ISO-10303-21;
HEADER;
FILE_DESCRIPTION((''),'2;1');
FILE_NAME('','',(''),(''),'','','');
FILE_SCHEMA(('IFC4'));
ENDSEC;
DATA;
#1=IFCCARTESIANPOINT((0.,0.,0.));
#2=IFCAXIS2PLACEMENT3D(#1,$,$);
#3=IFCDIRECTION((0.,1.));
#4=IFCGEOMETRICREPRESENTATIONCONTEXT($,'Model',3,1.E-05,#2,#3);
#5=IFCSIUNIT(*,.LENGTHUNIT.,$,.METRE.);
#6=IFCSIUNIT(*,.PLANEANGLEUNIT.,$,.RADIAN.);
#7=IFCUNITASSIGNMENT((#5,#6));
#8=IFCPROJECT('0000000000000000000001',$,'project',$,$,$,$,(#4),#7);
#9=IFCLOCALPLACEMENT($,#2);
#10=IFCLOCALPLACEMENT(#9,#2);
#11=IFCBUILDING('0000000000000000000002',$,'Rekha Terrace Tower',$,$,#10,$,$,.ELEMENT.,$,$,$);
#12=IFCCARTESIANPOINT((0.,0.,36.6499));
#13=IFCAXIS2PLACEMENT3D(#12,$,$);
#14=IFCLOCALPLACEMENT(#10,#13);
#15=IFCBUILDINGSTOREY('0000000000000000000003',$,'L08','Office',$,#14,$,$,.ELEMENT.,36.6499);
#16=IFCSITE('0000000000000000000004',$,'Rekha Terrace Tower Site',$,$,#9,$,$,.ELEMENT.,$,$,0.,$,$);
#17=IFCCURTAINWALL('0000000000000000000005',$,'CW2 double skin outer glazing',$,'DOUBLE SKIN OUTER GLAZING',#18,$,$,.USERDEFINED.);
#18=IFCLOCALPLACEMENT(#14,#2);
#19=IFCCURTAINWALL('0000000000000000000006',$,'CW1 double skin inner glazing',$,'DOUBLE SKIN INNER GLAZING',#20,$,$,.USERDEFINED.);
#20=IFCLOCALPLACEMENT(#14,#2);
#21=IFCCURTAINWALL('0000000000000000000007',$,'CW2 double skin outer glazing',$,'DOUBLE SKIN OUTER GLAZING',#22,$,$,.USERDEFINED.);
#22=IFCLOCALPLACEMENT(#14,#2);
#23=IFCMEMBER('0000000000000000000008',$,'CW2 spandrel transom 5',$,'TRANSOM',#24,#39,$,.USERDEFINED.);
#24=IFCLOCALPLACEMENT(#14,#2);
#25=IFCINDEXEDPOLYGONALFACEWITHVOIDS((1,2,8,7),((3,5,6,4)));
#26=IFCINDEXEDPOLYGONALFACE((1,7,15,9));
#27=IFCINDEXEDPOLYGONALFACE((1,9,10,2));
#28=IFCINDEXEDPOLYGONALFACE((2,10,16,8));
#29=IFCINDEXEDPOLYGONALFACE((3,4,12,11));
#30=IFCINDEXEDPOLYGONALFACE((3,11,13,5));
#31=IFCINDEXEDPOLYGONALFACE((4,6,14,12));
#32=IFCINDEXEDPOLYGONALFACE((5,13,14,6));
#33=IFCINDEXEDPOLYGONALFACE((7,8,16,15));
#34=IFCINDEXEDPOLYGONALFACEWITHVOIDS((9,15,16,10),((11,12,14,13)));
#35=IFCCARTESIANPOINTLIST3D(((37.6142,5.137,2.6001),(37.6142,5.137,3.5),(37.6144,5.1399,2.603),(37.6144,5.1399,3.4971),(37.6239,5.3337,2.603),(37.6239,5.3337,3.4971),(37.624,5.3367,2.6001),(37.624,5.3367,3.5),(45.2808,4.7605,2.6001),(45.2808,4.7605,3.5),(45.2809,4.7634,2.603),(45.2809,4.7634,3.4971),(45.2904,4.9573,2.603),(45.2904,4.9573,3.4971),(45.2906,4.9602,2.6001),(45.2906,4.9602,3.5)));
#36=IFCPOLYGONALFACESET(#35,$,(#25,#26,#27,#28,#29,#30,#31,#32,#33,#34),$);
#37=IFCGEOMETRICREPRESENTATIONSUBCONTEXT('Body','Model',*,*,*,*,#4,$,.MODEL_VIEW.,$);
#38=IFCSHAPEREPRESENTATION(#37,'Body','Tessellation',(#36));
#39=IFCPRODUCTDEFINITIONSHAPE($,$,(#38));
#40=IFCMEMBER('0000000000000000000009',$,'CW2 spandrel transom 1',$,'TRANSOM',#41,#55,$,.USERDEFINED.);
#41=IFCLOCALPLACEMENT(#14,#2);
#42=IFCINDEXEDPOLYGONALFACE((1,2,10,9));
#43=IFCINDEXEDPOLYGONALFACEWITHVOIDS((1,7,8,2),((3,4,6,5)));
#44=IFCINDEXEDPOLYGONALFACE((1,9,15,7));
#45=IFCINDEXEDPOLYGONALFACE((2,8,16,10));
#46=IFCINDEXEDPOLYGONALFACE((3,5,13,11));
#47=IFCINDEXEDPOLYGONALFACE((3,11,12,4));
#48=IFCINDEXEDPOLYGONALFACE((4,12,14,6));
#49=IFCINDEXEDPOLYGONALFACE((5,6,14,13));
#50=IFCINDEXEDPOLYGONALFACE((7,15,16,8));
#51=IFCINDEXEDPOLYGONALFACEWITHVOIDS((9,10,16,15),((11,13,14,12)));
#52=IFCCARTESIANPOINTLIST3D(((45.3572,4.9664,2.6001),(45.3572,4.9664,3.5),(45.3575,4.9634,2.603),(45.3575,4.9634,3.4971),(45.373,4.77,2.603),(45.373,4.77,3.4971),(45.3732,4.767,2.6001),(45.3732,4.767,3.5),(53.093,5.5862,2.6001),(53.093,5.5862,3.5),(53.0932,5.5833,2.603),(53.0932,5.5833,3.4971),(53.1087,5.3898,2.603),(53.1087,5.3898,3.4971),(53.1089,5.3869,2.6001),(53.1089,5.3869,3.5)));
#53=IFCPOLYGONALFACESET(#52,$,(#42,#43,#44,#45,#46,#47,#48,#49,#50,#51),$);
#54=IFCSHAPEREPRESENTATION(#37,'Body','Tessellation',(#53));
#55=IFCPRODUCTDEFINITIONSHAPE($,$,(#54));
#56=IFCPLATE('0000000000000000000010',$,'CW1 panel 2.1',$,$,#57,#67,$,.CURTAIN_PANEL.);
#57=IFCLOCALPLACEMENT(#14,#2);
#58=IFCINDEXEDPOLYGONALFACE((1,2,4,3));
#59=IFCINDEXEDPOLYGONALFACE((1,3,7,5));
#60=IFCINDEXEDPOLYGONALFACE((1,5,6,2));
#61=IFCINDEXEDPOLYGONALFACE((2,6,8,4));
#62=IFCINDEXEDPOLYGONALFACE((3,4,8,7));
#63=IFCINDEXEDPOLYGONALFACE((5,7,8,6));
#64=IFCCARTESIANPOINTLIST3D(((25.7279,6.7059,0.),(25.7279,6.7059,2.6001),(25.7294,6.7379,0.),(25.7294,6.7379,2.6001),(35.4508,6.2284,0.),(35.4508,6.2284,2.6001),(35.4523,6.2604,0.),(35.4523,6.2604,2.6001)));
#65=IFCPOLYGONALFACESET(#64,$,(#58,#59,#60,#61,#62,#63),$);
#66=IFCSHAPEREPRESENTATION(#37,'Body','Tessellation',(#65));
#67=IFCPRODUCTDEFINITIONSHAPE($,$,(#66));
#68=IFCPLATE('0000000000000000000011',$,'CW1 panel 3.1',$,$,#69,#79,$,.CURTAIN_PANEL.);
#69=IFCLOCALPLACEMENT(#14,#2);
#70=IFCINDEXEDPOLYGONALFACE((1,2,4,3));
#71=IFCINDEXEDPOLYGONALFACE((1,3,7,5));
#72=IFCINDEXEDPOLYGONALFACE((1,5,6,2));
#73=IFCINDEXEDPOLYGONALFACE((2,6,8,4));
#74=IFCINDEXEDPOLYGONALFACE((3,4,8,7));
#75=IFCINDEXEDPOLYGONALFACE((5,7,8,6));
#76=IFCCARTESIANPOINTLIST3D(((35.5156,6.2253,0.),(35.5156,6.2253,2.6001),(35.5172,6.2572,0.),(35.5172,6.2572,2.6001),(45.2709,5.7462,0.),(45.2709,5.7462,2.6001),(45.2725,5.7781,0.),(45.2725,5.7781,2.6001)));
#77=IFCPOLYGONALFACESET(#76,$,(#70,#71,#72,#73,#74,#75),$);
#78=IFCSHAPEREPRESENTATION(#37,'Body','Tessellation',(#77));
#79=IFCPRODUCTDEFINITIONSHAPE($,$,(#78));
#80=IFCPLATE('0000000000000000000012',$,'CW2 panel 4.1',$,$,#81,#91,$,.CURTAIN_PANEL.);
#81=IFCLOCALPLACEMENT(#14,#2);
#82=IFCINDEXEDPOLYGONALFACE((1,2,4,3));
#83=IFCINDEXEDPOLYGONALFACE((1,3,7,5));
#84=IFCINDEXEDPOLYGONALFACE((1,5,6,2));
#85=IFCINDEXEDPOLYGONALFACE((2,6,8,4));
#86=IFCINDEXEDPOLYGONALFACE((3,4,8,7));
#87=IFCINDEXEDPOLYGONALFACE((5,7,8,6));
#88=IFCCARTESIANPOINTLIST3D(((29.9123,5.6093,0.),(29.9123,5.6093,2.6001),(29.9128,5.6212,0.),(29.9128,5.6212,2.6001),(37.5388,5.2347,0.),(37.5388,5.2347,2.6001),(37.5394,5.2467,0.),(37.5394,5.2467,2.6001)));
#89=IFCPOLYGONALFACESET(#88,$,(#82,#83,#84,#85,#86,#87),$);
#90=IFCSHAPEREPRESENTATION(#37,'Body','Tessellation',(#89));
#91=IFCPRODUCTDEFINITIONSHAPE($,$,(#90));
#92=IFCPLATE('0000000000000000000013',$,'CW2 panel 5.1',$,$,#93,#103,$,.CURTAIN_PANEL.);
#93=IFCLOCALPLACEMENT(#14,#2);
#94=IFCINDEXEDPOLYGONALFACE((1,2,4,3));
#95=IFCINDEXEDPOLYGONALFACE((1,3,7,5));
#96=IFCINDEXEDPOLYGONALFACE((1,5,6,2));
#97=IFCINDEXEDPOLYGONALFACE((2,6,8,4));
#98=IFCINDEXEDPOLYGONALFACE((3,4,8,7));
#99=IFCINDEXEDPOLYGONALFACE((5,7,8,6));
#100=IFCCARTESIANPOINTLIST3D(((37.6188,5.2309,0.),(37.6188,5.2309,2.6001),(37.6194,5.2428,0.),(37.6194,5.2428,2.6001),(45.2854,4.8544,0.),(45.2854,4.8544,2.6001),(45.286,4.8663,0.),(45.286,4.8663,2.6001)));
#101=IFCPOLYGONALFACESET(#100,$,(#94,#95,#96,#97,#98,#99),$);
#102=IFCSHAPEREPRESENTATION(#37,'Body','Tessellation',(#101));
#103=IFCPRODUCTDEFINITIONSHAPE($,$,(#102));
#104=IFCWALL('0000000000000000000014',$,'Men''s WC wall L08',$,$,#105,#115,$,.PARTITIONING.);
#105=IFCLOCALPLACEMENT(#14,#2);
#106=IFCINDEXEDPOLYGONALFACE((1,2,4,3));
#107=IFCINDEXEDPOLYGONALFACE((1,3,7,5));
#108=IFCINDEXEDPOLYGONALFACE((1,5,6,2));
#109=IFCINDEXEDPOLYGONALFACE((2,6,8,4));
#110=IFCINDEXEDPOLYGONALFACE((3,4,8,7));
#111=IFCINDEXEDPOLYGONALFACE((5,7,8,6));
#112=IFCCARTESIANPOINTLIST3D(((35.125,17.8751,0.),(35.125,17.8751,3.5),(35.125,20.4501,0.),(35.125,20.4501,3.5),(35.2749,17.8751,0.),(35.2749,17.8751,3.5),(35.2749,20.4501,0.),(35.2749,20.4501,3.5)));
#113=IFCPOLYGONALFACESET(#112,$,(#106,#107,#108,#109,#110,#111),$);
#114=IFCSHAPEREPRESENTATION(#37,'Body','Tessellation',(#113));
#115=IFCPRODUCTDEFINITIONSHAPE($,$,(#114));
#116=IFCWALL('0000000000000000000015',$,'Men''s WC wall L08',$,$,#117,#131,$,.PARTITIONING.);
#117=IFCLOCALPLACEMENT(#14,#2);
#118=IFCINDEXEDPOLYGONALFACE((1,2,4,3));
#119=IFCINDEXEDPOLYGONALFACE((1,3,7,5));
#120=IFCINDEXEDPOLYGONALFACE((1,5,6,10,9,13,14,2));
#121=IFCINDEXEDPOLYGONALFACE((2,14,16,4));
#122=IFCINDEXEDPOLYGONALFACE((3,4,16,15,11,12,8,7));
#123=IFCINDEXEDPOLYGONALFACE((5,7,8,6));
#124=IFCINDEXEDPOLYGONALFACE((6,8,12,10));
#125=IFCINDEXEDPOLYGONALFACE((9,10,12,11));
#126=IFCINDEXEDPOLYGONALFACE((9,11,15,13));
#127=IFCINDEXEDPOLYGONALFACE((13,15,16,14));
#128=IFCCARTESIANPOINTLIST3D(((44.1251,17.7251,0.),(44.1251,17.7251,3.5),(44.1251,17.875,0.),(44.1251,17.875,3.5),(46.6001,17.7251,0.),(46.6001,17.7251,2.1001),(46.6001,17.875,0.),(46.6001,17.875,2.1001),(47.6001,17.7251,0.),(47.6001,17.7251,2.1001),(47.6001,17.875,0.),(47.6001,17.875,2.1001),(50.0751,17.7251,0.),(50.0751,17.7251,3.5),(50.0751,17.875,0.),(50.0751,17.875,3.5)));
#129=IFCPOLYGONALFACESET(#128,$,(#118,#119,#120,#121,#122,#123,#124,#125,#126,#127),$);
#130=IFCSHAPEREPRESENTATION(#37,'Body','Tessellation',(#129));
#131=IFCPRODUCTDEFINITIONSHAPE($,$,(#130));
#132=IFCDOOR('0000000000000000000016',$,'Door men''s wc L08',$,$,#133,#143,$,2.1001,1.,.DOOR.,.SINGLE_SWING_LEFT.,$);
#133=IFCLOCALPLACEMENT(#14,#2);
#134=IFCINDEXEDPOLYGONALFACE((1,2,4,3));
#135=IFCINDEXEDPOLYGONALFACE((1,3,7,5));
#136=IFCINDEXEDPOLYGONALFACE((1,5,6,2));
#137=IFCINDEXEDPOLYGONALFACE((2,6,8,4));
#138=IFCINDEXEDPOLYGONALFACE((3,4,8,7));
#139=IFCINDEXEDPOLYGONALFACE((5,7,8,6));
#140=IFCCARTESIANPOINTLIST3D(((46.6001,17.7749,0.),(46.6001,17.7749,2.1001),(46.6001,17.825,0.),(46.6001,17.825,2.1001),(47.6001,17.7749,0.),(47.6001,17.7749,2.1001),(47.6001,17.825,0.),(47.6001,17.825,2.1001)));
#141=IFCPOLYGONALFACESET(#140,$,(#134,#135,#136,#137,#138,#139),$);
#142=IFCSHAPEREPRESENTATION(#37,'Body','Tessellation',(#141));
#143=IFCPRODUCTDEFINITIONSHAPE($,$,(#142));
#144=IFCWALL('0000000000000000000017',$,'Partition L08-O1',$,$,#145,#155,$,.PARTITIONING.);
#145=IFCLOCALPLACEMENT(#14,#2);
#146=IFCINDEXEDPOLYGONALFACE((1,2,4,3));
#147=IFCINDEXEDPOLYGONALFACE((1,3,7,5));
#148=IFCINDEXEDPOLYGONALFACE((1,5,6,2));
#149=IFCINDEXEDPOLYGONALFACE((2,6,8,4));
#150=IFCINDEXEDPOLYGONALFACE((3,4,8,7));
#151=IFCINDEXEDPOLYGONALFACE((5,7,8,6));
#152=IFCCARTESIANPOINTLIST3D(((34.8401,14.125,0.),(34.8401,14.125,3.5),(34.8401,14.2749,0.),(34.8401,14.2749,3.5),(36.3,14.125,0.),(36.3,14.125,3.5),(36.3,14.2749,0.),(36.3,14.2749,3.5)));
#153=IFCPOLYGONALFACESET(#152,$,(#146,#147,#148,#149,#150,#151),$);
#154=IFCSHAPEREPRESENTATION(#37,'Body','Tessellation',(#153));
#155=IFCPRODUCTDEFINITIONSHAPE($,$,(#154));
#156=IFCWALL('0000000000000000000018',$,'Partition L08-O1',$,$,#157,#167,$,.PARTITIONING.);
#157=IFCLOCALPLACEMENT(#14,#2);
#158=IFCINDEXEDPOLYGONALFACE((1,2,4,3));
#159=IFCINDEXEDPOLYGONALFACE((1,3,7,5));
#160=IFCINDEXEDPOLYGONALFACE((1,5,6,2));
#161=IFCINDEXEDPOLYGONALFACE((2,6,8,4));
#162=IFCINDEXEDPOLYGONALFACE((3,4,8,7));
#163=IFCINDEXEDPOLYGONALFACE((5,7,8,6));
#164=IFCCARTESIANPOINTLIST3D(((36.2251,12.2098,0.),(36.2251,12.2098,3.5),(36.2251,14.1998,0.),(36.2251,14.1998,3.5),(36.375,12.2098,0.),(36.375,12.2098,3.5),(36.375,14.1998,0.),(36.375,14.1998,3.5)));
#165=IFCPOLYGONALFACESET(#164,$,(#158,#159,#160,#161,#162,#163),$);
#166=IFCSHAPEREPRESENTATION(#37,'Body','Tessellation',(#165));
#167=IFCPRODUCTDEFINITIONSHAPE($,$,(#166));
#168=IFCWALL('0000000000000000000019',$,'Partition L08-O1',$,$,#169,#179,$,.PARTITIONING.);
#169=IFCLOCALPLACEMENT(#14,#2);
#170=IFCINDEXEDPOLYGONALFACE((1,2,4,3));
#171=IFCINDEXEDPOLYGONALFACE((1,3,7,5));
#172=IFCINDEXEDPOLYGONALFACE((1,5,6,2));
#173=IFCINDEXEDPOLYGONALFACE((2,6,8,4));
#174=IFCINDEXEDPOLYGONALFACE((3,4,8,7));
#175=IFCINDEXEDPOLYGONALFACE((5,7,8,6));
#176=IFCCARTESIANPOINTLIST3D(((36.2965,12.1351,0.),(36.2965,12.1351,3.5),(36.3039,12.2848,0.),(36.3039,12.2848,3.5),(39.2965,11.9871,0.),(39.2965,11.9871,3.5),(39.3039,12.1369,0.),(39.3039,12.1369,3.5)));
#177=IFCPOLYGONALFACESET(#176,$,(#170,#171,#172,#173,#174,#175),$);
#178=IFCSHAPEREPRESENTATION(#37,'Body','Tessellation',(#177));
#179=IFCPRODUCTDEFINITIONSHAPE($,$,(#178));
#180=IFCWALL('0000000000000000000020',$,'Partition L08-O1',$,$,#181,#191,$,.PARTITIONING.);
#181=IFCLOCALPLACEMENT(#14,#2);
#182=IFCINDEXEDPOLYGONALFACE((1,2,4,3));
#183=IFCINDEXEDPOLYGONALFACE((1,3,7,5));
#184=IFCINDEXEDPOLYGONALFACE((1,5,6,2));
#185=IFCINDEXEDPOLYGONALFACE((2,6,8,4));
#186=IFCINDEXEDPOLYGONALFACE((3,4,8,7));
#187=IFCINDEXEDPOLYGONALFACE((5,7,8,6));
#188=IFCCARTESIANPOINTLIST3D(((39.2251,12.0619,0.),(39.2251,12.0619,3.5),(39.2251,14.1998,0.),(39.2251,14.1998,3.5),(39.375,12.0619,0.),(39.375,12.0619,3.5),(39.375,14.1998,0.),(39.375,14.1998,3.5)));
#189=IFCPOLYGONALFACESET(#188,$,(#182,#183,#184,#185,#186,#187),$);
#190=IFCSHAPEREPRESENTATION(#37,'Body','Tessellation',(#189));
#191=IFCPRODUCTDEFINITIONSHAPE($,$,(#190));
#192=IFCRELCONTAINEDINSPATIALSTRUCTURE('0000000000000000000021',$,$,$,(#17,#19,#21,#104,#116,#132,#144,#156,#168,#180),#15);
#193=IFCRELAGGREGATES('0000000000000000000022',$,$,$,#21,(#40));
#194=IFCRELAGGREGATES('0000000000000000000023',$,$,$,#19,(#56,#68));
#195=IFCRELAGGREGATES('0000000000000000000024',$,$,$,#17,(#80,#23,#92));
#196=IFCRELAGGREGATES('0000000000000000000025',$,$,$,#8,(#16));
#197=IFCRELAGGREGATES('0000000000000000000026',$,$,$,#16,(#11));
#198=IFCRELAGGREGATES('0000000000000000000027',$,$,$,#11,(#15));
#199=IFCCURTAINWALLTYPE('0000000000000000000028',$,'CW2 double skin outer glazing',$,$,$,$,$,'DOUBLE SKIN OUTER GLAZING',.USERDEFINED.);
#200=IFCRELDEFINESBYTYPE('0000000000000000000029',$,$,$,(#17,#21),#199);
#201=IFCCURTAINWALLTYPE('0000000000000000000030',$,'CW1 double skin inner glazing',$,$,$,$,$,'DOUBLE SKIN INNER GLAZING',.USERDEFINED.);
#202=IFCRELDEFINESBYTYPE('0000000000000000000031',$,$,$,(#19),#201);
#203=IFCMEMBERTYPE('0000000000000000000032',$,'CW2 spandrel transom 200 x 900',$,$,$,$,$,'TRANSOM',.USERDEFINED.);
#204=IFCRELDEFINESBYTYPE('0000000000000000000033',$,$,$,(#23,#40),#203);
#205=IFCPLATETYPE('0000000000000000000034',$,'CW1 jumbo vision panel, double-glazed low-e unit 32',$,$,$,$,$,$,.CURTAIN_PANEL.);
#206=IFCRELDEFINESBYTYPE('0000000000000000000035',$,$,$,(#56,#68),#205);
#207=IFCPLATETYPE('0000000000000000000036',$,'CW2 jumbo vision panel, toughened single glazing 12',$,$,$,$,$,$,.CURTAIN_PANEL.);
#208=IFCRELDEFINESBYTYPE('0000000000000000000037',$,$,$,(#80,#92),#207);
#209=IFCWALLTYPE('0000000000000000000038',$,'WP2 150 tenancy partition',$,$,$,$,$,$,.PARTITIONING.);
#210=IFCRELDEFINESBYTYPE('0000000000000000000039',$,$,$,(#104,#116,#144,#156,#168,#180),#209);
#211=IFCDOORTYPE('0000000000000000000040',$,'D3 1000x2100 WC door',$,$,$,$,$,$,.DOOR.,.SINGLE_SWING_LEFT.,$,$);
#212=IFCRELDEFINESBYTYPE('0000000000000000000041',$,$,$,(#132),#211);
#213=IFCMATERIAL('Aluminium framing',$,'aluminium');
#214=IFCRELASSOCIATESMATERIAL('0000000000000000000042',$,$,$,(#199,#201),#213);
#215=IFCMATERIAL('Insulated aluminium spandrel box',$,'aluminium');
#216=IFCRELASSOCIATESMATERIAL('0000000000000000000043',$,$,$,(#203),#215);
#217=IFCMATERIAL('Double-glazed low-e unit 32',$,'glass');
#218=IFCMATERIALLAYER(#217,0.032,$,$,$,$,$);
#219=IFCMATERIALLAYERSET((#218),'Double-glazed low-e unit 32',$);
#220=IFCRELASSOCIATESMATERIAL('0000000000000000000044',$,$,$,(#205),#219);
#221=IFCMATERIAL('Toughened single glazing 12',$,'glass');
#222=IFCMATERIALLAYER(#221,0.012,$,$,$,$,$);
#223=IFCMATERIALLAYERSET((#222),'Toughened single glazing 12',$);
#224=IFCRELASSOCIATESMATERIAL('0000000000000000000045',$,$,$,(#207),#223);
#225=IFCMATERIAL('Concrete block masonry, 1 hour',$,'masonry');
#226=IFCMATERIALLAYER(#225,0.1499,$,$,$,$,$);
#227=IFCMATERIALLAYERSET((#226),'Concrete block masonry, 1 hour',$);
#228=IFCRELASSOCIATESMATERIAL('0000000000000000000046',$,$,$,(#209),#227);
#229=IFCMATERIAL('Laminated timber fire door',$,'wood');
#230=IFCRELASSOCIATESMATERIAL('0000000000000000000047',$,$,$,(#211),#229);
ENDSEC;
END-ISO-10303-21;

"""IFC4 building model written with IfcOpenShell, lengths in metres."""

from ifc_helpers import new_model, si_unit, direction, frame, frame_2d, origin, origin_2d, place, context, subcontext, project, spatial, rectangle, hollow_rectangle, extrude, material, layer, layer_set, material_profile, profile_set, type_object, element, fill, aggregate, save


model = new_model("IFC4")

# Units and contexts
model_context = context("Model", 3, precision=1e-05, world=origin(), true_north=direction((0.0, 1.0)))
body_context = subcontext(model_context, "Body", "Model", "MODEL_VIEW")
ifc_project = project(units=[si_unit("LENGTHUNIT", "METRE"), si_unit("PLANEANGLEUNIT", "RADIAN")], contexts=[model_context])

# Site, building, storey
site_placement = place(None, origin())
site = spatial("IfcSite", under=ifc_project, at=site_placement, Name="Rekha Terrace Tower Site", CompositionType="ELEMENT", RefElevation=0.0)
building_placement = place(site_placement, origin())
building = spatial("IfcBuilding", under=site, at=building_placement, Name="Rekha Terrace Tower", CompositionType="ELEMENT")
storey_placement = place(building_placement, frame((0.0, 0.0, 36.6499)))
storey = spatial("IfcBuildingStorey", under=building, at=storey_placement, Name="L08", Description="Office", CompositionType="ELEMENT", Elevation=36.6499)

# Curtain walls
ifc_material_1 = material(Name="Aluminium framing", Category="aluminium")
curtain_wall_type_1 = type_object("IfcCurtainWallType", Name="CW2 double skin outer glazing", ElementType="DOUBLE SKIN OUTER GLAZING", PredefinedType="USERDEFINED", material=ifc_material_1)
curtain_wall_1_placement = place(storey_placement, origin())
curtain_wall_1 = element("IfcCurtainWall", 1, at=curtain_wall_1_placement, inside=storey, type_object=curtain_wall_type_1, Name="CW2 double skin outer glazing", ObjectType="DOUBLE SKIN OUTER GLAZING", PredefinedType="USERDEFINED")
curtain_wall_type_2 = type_object("IfcCurtainWallType", Name="CW1 double skin inner glazing", ElementType="DOUBLE SKIN INNER GLAZING", PredefinedType="USERDEFINED", material=ifc_material_1)
curtain_wall_2_placement = place(storey_placement, origin())
curtain_wall_2 = element("IfcCurtainWall", 2, at=curtain_wall_2_placement, inside=storey, type_object=curtain_wall_type_2, Name="CW1 double skin inner glazing", ObjectType="DOUBLE SKIN INNER GLAZING", PredefinedType="USERDEFINED")

# Shared definitions
ifc_material_2 = material(Name="Insulated aluminium spandrel box", Category="aluminium")

# Curtain wall
curtain_wall_3_placement = place(storey_placement, origin())
curtain_wall_3 = element("IfcCurtainWall", 3, at=curtain_wall_3_placement, inside=storey, type_object=curtain_wall_type_1, Name="CW2 double skin outer glazing", ObjectType="DOUBLE SKIN OUTER GLAZING", PredefinedType="USERDEFINED")

# Members
ifc_material_profile_1 = material_profile(ifc_material_2, hollow_rectangle(XDim=0.2, YDim=0.8999, WallThickness=0.0029, at=origin_2d()), Name="AL SPANDREL BOX 200x900")
ifc_profile_set_1 = profile_set([ifc_material_profile_1], Name="Insulated aluminium spandrel box")
member_type_1 = type_object("IfcMemberType", Name="CW2 spandrel transom 200 x 900", ElementType="TRANSOM", PredefinedType="USERDEFINED", material=ifc_profile_set_1)
member_1_placement = place(storey_placement, frame((37.6191, 5.2368, 3.05), z_axis=(0.998797, -0.049046, 0.0), x_axis=(0.049046, 0.998797, 0.0)))
member_1 = element("IfcMember", 4, at=member_1_placement, type_object=member_type_1, Name="CW2 spandrel transom 5", ObjectType="TRANSOM", PredefinedType="USERDEFINED", context=body_context, shape_type="SweptSolid", body=[
    extrude(hollow_rectangle(XDim=0.2, YDim=0.8999, WallThickness=0.0029, at=origin_2d()), origin(), (0.0, 0.0, 1.0), 7.6758),
])
member_2_placement = place(storey_placement, frame((45.3652, 4.8667, 3.05), z_axis=(0.996805, 0.079877, 0.0), x_axis=(-0.079877, 0.996805, 0.0)))
member_2 = element("IfcMember", 5, at=member_2_placement, type_object=member_type_1, Name="CW2 spandrel transom 1", ObjectType="TRANSOM", PredefinedType="USERDEFINED", context=body_context, shape_type="SweptSolid", body=[
    extrude(hollow_rectangle(XDim=0.2, YDim=0.8999, WallThickness=0.0029, at=origin_2d()), origin(), (0.0, 0.0, 1.0), 7.7605),
])
aggregate(curtain_wall_3, [member_2])

# Plates
ifc_material_3 = material(Name="Double-glazed low-e unit 32", Category="glass")
ifc_layer_1 = layer(ifc_material_3, 0.032)
ifc_layer_set_1 = layer_set([ifc_layer_1], Name="Double-glazed low-e unit 32")
plate_type_1 = type_object("IfcPlateType", Name="CW1 jumbo vision panel, double-glazed low-e unit 32", PredefinedType="CURTAIN_PANEL", material=ifc_layer_set_1)
plate_1_placement = place(storey_placement, frame((30.5901, 6.4832, 0.0), z_axis=(0.0, 0.0, 1.0), x_axis=(0.998796, -0.049052, 0.0)))
plate_1 = element("IfcPlate", 6, at=plate_1_placement, type_object=plate_type_1, Name="CW1 panel 2.1", PredefinedType="CURTAIN_PANEL", context=body_context, shape_type="SweptSolid", body=[
    extrude(rectangle(XDim=9.7346, YDim=0.032, at=origin_2d()), origin(), (0.0, 0.0, 1.0), 2.6001),
])
plate_2_placement = place(storey_placement, frame((40.394, 6.0017, 0.0), z_axis=(0.0, 0.0, 1.0), x_axis=(0.998796, -0.049052, 0.0)))
plate_2 = element("IfcPlate", 7, at=plate_2_placement, type_object=plate_type_1, Name="CW1 panel 3.1", PredefinedType="CURTAIN_PANEL", context=body_context, shape_type="SweptSolid", body=[
    extrude(rectangle(XDim=9.7671, YDim=0.032, at=origin_2d()), origin(), (0.0, 0.0, 1.0), 2.6001),
])
aggregate(curtain_wall_2, [plate_1, plate_2])
ifc_material_4 = material(Name="Toughened single glazing 12", Category="glass")
ifc_layer_2 = layer(ifc_material_4, 0.012)
ifc_layer_set_2 = layer_set([ifc_layer_2], Name="Toughened single glazing 12")
plate_type_2 = type_object("IfcPlateType", Name="CW2 jumbo vision panel, toughened single glazing 12", PredefinedType="CURTAIN_PANEL", material=ifc_layer_set_2)
plate_3_placement = place(storey_placement, frame((33.7258, 5.428, 0.0), z_axis=(0.0, 0.0, 1.0), x_axis=(0.998796, -0.049052, 0.0)))
plate_3 = element("IfcPlate", 8, at=plate_3_placement, type_object=plate_type_2, Name="CW2 panel 4.1", PredefinedType="CURTAIN_PANEL", context=body_context, shape_type="SweptSolid", body=[
    extrude(rectangle(XDim=7.6357, YDim=0.012, at=origin_2d()), origin(), (0.0, 0.0, 1.0), 2.6001),
])
plate_4_placement = place(storey_placement, frame((41.4524, 5.0486, 0.0), z_axis=(0.0, 0.0, 1.0), x_axis=(0.998796, -0.049052, 0.0)))
plate_4 = element("IfcPlate", 9, at=plate_4_placement, type_object=plate_type_2, Name="CW2 panel 5.1", PredefinedType="CURTAIN_PANEL", context=body_context, shape_type="SweptSolid", body=[
    extrude(rectangle(XDim=7.6758, YDim=0.012, at=origin_2d()), origin(), (0.0, 0.0, 1.0), 2.6001),
])
aggregate(curtain_wall_1, [plate_3, member_1, plate_4])

# Wall
ifc_material_5 = material(Name="Concrete block masonry, 1 hour", Category="masonry")
ifc_layer_3 = layer(ifc_material_5, 0.1499)
ifc_layer_set_3 = layer_set([ifc_layer_3], Name="Concrete block masonry, 1 hour")
wall_type_1 = type_object("IfcWallType", Name="WP2 150 tenancy partition", PredefinedType="PARTITIONING", material=ifc_layer_set_3)
wall_1_placement = place(storey_placement, frame((35.2, 17.875, 0.0), z_axis=(0.0, 0.0, 1.0), x_axis=(0.0, 1.0, 0.0)))
element("IfcWall", 10, at=wall_1_placement, inside=storey, type_object=wall_type_1, Name="Men's WC wall L08", PredefinedType="PARTITIONING", context=body_context, shape_type="SweptSolid", body=[
    extrude(rectangle(XDim=2.575, YDim=0.1499, at=frame_2d((1.2876, 0.0))), origin(), (0.0, 0.0, 1.0), 3.5),
])

# Wall, opening, door
wall_2_placement = place(storey_placement, frame((44.125, 17.8, 0.0), z_axis=(0.0, 0.0, 1.0), x_axis=(1.0, 0.0, 0.0)))
wall_2 = element("IfcWall", 11, at=wall_2_placement, inside=storey, type_object=wall_type_1, Name="Men's WC wall L08", PredefinedType="PARTITIONING", context=body_context, shape_type="SweptSolid", body=[
    extrude(rectangle(XDim=5.95, YDim=0.1499, at=frame_2d((2.9751, 0.0))), origin(), (0.0, 0.0, 1.0), 3.5),
])
opening_1_placement = place(wall_2_placement, frame((2.4751, 0.0, 0.0)))
opening_1 = element("IfcOpeningElement", 12, at=opening_1_placement, cuts=wall_2, PredefinedType="OPENING", context=body_context, shape_type="SweptSolid", body=[
    extrude(rectangle(XDim=1.0, YDim=2.1001, at=frame_2d((0.5, 1.05))), frame((0.0, 0.085, 0.0), z_axis=(0.0, -1.0, 0.0), x_axis=(1.0, 0.0, 0.0)), (0.0, 0.0, 1.0), 0.1699),
])
ifc_material_6 = material(Name="Laminated timber fire door", Category="wood")
door_type_1 = type_object("IfcDoorType", Name="D3 1000x2100 WC door", OperationType="SINGLE_SWING_LEFT", PredefinedType="DOOR", material=ifc_material_6)
door_1_placement = place(opening_1_placement, origin())
door_1 = element("IfcDoor", 13, at=door_1_placement, inside=storey, type_object=door_type_1, Name="Door men's wc L08", OperationType="SINGLE_SWING_LEFT", OverallHeight=2.1001, OverallWidth=1.0, PredefinedType="DOOR", context=body_context, shape_type="SweptSolid", body=[
    extrude(rectangle(XDim=1.0, YDim=2.1001, at=frame_2d((0.5, 1.05))), frame((0.0, 0.0249, 0.0), z_axis=(0.0, -1.0, 0.0), x_axis=(1.0, 0.0, 0.0)), (0.0, 0.0, 1.0), 0.05),
])
fill(opening_1, door_1)

# Walls
wall_3_placement = place(storey_placement, frame((34.8401, 14.2, 0.0), z_axis=(0.0, 0.0, 1.0), x_axis=(1.0, 0.0, 0.0)))
element("IfcWall", 14, at=wall_3_placement, inside=storey, type_object=wall_type_1, Name="Partition L08-O1", PredefinedType="PARTITIONING", context=body_context, shape_type="SweptSolid", body=[
    extrude(rectangle(XDim=1.46, YDim=0.1499, at=frame_2d((0.73, 0.0))), origin(), (0.0, 0.0, 1.0), 3.5),
])
wall_4_placement = place(storey_placement, frame((36.3, 14.2, 0.0), z_axis=(0.0, 0.0, 1.0), x_axis=(0.0, -1.0, 0.0)))
element("IfcWall", 15, at=wall_4_placement, inside=storey, type_object=wall_type_1, Name="Partition L08-O1", PredefinedType="PARTITIONING", context=body_context, shape_type="SweptSolid", body=[
    extrude(rectangle(XDim=1.99, YDim=0.1499, at=frame_2d((0.9951, 0.0))), origin(), (0.0, 0.0, 1.0), 3.5),
])
wall_5_placement = place(storey_placement, frame((36.3, 12.21, 0.0), z_axis=(0.0, 0.0, 1.0), x_axis=(0.998786, -0.049257, 0.0)))
element("IfcWall", 16, at=wall_5_placement, inside=storey, type_object=wall_type_1, Name="Partition L08-O1", PredefinedType="PARTITIONING", context=body_context, shape_type="SweptSolid", body=[
    extrude(rectangle(XDim=3.0037, YDim=0.1499, at=frame_2d((1.502, 0.0))), origin(), (0.0, 0.0, 1.0), 3.5),
])
wall_6_placement = place(storey_placement, frame((39.3, 12.062, 0.0), z_axis=(0.0, 0.0, 1.0), x_axis=(0.0, 1.0, 0.0)))
element("IfcWall", 17, at=wall_6_placement, inside=storey, type_object=wall_type_1, Name="Partition L08-O1", PredefinedType="PARTITIONING", context=body_context, shape_type="SweptSolid", body=[
    extrude(rectangle(XDim=2.1379, YDim=0.1499, at=frame_2d((1.0688, 0.0))), origin(), (0.0, 0.0, 1.0), 3.5),
])

save(model, "model.ifc")
